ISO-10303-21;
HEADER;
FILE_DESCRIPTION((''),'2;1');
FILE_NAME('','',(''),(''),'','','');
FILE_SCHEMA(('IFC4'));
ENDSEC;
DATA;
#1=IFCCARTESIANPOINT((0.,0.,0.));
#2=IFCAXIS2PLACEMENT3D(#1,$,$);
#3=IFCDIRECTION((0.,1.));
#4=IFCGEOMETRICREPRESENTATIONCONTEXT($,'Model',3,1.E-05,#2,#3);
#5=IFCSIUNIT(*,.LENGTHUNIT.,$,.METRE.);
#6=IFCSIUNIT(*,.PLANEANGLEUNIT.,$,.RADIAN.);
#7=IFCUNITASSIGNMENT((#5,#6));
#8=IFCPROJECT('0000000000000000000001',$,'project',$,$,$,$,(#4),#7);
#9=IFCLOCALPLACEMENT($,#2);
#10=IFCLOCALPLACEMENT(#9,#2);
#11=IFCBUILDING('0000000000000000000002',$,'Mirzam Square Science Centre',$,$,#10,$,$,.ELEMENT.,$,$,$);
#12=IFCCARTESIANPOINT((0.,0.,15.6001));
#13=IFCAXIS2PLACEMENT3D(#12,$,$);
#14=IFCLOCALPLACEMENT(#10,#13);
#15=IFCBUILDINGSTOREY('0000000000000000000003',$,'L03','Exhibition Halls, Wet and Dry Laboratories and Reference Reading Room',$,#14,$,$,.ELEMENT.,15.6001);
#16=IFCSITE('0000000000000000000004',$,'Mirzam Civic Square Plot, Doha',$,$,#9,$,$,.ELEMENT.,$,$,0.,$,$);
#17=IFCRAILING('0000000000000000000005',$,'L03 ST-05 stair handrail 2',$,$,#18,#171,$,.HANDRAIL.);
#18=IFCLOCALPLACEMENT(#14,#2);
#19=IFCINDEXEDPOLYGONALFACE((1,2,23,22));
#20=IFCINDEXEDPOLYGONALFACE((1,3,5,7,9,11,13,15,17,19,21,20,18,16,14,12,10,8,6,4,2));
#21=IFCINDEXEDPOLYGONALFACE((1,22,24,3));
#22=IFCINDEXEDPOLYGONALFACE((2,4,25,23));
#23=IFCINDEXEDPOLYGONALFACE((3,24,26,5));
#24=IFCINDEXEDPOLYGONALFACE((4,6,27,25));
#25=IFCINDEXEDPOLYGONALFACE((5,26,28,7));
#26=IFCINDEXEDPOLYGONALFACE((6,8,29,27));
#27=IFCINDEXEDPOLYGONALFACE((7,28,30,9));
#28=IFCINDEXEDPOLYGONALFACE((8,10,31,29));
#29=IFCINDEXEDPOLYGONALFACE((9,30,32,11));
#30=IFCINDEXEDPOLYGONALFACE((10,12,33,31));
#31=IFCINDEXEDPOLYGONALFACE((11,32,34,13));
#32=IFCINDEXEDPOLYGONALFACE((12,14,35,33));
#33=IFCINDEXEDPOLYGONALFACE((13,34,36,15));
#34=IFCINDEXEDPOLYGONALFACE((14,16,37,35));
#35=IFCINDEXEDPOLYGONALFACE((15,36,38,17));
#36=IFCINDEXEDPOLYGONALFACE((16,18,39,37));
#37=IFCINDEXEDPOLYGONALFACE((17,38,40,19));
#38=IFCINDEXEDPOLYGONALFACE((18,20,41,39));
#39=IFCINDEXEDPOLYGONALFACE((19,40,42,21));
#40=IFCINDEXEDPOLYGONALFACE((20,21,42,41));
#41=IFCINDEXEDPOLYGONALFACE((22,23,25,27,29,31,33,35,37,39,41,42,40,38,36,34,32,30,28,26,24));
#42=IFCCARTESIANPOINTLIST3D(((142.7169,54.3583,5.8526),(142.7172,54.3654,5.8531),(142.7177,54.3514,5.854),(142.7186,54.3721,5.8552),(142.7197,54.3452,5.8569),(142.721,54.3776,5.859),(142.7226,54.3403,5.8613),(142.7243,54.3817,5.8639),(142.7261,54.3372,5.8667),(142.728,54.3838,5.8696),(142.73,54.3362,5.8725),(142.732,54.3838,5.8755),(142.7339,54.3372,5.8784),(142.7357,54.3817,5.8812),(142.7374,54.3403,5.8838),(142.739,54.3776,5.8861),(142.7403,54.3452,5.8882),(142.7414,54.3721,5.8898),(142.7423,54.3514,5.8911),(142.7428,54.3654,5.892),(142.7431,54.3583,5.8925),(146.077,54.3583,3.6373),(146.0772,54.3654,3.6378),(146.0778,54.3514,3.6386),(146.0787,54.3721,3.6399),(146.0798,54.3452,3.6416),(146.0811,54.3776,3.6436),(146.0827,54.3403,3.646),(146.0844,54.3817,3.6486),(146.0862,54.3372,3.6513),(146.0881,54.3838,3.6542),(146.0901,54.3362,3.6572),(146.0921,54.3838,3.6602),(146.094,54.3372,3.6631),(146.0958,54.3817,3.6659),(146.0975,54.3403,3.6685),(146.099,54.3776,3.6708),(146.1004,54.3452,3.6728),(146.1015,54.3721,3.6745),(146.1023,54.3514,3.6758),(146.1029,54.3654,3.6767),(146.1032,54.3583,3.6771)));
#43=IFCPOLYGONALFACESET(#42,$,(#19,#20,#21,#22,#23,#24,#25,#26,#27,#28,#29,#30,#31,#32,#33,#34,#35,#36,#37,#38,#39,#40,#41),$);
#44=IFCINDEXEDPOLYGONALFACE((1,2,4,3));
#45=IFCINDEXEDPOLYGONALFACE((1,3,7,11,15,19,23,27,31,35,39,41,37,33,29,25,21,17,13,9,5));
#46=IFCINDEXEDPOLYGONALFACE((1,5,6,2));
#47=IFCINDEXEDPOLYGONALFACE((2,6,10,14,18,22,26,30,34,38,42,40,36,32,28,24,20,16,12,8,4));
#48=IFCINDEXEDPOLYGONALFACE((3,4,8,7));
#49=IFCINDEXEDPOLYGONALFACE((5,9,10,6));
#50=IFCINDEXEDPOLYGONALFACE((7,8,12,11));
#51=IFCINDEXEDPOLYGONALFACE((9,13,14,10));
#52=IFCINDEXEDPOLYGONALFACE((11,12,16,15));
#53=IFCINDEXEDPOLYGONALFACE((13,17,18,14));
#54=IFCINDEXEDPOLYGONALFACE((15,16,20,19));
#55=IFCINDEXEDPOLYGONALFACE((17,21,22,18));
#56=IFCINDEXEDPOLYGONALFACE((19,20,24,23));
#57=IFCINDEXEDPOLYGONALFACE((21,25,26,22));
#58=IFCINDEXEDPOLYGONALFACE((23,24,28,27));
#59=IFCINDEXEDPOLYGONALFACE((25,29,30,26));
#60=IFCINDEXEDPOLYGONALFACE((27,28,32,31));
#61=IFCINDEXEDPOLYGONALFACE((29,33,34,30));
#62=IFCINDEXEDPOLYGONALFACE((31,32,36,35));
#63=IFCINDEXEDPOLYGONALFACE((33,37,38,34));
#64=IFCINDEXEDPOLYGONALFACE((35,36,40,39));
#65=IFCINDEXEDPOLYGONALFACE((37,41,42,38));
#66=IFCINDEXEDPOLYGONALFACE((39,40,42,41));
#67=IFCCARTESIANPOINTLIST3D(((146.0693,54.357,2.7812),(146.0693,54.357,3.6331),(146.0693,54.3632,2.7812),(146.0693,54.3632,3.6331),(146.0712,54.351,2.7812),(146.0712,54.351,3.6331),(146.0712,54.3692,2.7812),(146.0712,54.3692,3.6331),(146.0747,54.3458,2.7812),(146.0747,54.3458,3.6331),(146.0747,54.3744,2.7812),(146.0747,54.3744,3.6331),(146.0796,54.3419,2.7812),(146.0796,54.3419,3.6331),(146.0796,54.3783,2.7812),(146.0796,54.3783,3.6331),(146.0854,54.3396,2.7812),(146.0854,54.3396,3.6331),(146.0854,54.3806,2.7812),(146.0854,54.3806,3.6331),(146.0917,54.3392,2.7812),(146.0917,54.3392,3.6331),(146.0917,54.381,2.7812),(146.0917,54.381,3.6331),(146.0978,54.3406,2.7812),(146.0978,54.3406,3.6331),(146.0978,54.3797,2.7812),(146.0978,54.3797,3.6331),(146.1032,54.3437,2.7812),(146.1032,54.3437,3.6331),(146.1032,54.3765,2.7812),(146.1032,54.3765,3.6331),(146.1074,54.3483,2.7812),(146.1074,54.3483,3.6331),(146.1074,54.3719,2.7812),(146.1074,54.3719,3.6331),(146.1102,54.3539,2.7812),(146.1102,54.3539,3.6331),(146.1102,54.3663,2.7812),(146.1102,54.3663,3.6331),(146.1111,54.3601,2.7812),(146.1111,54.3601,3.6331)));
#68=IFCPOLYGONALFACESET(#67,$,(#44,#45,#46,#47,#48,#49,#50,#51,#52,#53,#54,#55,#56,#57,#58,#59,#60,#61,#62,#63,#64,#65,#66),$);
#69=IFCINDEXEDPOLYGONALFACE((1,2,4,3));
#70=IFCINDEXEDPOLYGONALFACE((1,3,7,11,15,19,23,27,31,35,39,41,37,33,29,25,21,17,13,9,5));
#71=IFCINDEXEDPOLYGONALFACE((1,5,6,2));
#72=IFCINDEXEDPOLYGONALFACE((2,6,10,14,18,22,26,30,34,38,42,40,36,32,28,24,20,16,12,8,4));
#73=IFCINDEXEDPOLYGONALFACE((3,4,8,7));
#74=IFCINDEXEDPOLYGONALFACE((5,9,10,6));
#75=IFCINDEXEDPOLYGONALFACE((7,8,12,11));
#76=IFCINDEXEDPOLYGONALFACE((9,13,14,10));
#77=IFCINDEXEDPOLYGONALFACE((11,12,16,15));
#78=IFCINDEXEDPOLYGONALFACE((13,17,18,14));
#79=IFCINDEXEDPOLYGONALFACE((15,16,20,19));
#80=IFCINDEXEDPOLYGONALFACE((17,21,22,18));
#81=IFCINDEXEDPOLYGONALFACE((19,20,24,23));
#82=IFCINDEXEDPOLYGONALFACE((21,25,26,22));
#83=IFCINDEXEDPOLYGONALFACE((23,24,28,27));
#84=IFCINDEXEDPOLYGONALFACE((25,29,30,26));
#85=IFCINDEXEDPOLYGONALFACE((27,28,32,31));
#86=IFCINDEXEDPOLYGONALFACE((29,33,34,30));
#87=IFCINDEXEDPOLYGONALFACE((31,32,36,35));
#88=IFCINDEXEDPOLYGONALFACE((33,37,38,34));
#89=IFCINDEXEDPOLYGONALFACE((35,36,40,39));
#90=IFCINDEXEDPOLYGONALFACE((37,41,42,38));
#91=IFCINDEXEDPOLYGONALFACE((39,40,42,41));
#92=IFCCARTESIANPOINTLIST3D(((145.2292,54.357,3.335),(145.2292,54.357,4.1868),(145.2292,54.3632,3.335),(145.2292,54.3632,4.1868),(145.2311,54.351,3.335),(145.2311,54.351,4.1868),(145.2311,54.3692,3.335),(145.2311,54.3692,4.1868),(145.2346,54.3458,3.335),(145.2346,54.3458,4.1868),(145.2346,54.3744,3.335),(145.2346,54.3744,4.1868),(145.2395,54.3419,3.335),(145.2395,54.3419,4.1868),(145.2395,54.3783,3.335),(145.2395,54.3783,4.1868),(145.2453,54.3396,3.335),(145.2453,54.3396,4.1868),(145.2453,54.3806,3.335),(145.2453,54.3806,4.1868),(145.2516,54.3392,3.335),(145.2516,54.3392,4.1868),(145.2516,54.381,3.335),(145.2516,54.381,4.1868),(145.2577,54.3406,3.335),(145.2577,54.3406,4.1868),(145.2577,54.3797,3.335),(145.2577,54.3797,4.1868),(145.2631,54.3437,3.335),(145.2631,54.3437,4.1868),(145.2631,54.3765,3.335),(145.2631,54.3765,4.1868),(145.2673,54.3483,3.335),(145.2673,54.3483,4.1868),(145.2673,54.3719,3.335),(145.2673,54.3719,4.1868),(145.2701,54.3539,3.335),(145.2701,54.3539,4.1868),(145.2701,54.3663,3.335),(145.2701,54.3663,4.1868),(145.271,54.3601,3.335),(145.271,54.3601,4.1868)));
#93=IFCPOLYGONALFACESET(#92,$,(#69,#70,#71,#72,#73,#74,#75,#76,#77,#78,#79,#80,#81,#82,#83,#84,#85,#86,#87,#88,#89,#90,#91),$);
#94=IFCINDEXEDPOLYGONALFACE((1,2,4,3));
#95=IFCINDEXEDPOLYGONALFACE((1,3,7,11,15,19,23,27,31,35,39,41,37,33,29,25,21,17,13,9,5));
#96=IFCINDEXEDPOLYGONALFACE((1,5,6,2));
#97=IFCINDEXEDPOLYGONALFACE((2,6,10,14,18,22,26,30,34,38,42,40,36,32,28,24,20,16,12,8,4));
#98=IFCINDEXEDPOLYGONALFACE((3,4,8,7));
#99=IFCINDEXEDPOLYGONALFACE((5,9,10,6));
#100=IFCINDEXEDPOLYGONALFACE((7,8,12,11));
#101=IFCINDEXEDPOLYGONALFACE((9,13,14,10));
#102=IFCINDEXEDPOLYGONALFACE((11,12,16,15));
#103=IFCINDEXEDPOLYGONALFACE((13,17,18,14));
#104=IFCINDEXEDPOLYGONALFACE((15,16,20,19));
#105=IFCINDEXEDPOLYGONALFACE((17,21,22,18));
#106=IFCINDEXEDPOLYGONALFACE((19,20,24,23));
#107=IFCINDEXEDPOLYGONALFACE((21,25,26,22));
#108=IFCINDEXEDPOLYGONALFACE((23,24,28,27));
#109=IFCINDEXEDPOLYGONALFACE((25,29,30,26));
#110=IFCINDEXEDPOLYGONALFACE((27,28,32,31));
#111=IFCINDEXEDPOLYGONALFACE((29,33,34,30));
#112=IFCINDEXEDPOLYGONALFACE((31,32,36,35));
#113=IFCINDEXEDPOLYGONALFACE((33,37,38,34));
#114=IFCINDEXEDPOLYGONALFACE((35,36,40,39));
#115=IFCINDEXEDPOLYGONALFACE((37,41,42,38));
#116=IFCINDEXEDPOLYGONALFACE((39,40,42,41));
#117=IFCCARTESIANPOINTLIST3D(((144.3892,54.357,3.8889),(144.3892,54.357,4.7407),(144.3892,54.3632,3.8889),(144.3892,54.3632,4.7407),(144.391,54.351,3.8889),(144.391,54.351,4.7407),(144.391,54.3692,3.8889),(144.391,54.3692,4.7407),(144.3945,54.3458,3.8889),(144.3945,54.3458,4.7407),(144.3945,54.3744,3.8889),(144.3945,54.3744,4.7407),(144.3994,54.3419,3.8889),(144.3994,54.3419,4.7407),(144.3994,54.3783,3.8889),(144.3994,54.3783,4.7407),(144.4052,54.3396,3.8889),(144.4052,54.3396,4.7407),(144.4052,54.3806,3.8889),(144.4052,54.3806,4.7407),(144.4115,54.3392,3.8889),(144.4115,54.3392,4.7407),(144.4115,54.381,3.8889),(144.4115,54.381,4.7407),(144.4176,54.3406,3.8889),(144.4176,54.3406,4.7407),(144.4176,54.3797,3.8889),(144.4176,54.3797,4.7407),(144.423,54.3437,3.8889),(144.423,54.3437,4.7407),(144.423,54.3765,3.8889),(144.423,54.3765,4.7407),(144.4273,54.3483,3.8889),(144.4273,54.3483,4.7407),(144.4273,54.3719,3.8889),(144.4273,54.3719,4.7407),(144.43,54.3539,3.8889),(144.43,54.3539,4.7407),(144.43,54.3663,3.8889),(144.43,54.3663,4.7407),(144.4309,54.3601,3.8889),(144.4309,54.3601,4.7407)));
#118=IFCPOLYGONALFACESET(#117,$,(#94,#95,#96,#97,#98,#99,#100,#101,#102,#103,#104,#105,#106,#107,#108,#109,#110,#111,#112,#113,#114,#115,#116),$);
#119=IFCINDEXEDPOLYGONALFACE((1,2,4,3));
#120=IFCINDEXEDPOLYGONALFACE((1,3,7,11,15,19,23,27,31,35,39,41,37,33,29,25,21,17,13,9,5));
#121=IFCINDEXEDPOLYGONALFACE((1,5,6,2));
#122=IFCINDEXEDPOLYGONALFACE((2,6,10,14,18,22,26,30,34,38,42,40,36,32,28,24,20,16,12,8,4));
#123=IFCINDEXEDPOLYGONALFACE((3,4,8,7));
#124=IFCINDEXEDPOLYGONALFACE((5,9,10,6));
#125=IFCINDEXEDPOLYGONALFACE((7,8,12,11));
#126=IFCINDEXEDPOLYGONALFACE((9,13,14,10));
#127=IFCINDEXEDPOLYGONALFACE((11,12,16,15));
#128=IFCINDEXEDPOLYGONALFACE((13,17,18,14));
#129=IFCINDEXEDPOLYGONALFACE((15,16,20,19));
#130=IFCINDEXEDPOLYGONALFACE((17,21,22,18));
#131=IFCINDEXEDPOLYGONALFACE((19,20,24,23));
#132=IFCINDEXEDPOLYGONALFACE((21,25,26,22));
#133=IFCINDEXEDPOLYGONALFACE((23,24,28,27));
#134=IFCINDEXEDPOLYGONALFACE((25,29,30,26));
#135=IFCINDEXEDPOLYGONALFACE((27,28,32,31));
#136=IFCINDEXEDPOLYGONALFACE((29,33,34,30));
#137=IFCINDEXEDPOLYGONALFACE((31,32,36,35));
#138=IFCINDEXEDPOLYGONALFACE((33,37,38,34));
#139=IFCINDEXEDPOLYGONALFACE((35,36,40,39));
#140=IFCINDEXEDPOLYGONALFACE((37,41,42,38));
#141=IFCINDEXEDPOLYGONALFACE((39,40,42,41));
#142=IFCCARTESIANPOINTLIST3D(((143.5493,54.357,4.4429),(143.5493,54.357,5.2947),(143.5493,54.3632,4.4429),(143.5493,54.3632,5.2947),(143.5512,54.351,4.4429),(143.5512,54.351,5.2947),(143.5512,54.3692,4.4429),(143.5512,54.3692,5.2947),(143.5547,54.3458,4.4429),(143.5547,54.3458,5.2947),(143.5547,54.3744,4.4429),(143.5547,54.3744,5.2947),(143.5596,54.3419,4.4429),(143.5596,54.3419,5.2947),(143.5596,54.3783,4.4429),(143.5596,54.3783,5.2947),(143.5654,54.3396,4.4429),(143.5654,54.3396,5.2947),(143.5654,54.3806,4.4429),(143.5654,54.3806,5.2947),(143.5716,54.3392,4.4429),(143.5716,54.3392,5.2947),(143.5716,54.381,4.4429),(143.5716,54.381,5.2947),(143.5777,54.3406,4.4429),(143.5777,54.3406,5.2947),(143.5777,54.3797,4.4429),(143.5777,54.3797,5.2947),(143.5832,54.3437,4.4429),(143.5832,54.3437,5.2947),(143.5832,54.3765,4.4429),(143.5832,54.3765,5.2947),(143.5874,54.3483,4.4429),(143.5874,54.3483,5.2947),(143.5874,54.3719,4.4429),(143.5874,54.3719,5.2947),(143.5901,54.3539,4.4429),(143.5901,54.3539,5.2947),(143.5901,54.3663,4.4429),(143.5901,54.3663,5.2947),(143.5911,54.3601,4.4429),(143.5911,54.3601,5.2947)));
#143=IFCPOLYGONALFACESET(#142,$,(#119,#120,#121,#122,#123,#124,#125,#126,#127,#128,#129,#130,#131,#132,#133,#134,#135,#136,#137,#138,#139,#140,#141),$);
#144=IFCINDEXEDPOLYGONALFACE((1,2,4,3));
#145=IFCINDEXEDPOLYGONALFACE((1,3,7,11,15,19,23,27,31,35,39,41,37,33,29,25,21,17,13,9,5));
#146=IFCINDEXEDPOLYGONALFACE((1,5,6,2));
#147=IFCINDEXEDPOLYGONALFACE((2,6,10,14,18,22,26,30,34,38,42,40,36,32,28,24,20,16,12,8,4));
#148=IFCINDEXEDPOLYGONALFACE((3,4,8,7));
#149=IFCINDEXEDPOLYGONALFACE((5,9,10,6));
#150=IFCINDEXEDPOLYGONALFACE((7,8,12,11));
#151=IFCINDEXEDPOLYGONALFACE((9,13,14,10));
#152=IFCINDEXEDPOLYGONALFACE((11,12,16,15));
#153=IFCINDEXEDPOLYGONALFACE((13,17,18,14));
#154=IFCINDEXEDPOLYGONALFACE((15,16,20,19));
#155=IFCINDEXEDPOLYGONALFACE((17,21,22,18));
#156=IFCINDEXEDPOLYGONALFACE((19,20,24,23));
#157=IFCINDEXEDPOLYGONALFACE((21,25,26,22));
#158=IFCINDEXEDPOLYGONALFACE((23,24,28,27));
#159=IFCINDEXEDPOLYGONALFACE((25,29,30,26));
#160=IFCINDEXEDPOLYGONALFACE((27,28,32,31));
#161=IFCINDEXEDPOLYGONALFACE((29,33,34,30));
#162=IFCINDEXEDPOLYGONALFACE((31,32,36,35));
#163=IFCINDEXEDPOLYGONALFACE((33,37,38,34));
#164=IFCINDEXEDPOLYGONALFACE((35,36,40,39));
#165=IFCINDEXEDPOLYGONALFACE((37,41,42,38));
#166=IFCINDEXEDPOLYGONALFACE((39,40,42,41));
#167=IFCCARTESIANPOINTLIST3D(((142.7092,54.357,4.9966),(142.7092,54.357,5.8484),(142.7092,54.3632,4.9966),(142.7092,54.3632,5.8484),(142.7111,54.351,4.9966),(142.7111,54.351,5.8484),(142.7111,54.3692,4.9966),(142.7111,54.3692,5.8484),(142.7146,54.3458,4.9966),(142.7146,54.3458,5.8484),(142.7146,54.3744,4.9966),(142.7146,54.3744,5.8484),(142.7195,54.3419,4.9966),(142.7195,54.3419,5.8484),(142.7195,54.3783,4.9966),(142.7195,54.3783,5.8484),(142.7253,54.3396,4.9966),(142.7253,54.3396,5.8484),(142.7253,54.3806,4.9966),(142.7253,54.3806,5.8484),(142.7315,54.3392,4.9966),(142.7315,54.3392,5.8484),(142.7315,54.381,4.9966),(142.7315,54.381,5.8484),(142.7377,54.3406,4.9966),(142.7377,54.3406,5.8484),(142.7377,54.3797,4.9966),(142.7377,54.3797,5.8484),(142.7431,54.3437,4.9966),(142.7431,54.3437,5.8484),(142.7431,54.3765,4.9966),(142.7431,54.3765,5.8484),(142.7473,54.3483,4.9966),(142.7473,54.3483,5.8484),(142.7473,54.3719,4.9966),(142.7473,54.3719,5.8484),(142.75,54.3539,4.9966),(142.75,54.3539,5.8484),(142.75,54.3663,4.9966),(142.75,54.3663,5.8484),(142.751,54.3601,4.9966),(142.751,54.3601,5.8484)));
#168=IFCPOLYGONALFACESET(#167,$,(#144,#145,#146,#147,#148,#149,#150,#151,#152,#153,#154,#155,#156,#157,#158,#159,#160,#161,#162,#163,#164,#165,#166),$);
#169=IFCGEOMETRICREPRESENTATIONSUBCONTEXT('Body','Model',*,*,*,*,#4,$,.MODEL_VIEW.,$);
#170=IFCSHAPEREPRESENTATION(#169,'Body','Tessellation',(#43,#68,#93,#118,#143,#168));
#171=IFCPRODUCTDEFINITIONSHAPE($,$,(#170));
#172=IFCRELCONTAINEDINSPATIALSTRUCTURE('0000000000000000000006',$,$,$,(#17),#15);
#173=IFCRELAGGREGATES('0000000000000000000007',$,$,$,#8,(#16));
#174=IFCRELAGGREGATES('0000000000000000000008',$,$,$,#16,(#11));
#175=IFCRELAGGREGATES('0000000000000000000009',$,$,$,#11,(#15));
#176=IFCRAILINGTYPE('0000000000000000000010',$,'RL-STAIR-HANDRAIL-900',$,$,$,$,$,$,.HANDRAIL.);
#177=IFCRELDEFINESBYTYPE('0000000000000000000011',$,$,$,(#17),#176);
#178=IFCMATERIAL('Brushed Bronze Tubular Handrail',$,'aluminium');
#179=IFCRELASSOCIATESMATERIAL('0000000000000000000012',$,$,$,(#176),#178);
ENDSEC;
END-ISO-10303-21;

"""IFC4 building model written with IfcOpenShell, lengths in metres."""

from ifc_helpers import new_model, si_unit, direction, frame, origin, origin_2d, place, context, subcontext, project, spatial, circle, extrude, material, type_object, element, save


model = new_model("IFC4")

# Units and contexts
model_context = context("Model", 3, precision=1e-05, world=origin(), true_north=direction((0.0, 1.0)))
body_context = subcontext(model_context, "Body", "Model", "MODEL_VIEW")
ifc_project = project(units=[si_unit("LENGTHUNIT", "METRE"), si_unit("PLANEANGLEUNIT", "RADIAN")], contexts=[model_context])

# Site, building, storey
site_placement = place(None, origin())
site = spatial("IfcSite", under=ifc_project, at=site_placement, Name="Mirzam Civic Square Plot, Doha", CompositionType="ELEMENT", RefElevation=0.0)
building_placement = place(site_placement, origin())
building = spatial("IfcBuilding", under=site, at=building_placement, Name="Mirzam Square Science Centre", CompositionType="ELEMENT")
storey_placement = place(building_placement, frame((0.0, 0.0, 15.6001)))
storey = spatial("IfcBuildingStorey", under=building, at=storey_placement, Name="L03", Description="Exhibition Halls, Wet and Dry Laboratories and Reference Reading Room", CompositionType="ELEMENT", Elevation=15.6001)

# Railing
ifc_material_1 = material(Name="Brushed Bronze Tubular Handrail", Category="aluminium")
railing_type_1 = type_object("IfcRailingType", Name="RL-STAIR-HANDRAIL-900", PredefinedType="HANDRAIL", material=ifc_material_1)
railing_1_placement = place(storey_placement, frame((146.0901, 54.3601, 2.7812)))
element("IfcRailing", 1, at=railing_1_placement, inside=storey, type_object=railing_type_1, Name="L03 ST-05 stair handrail 2", PredefinedType="HANDRAIL", context=body_context, shape_type="SweptSolid", body=[
    extrude(circle(Radius=0.0239, at=origin_2d()), frame((0.0, 0.0, 0.876), z_axis=(-0.834876, 0.0, 0.550437), x_axis=(0.0, -1.0, 0.0)), (0.0, 0.0, 1.0), 4.0247),
    extrude(circle(Radius=0.021, at=origin_2d()), origin(), (0.0, 0.0, 1.0), 0.8518),
    extrude(circle(Radius=0.021, at=origin_2d()), frame((-0.8401, 0.0, 0.5537)), (0.0, 0.0, 1.0), 0.8518),
    extrude(circle(Radius=0.021, at=origin_2d()), frame((-1.6802, 0.0, 1.1077)), (0.0, 0.0, 1.0), 0.8518),
    extrude(circle(Radius=0.021, at=origin_2d()), frame((-2.52, 0.0, 1.6616)), (0.0, 0.0, 1.0), 0.8518),
    extrude(circle(Radius=0.021, at=origin_2d()), frame((-3.3601, 0.0, 2.2153)), (0.0, 0.0, 1.0), 0.8518),
])

save(model, "model.ifc")
